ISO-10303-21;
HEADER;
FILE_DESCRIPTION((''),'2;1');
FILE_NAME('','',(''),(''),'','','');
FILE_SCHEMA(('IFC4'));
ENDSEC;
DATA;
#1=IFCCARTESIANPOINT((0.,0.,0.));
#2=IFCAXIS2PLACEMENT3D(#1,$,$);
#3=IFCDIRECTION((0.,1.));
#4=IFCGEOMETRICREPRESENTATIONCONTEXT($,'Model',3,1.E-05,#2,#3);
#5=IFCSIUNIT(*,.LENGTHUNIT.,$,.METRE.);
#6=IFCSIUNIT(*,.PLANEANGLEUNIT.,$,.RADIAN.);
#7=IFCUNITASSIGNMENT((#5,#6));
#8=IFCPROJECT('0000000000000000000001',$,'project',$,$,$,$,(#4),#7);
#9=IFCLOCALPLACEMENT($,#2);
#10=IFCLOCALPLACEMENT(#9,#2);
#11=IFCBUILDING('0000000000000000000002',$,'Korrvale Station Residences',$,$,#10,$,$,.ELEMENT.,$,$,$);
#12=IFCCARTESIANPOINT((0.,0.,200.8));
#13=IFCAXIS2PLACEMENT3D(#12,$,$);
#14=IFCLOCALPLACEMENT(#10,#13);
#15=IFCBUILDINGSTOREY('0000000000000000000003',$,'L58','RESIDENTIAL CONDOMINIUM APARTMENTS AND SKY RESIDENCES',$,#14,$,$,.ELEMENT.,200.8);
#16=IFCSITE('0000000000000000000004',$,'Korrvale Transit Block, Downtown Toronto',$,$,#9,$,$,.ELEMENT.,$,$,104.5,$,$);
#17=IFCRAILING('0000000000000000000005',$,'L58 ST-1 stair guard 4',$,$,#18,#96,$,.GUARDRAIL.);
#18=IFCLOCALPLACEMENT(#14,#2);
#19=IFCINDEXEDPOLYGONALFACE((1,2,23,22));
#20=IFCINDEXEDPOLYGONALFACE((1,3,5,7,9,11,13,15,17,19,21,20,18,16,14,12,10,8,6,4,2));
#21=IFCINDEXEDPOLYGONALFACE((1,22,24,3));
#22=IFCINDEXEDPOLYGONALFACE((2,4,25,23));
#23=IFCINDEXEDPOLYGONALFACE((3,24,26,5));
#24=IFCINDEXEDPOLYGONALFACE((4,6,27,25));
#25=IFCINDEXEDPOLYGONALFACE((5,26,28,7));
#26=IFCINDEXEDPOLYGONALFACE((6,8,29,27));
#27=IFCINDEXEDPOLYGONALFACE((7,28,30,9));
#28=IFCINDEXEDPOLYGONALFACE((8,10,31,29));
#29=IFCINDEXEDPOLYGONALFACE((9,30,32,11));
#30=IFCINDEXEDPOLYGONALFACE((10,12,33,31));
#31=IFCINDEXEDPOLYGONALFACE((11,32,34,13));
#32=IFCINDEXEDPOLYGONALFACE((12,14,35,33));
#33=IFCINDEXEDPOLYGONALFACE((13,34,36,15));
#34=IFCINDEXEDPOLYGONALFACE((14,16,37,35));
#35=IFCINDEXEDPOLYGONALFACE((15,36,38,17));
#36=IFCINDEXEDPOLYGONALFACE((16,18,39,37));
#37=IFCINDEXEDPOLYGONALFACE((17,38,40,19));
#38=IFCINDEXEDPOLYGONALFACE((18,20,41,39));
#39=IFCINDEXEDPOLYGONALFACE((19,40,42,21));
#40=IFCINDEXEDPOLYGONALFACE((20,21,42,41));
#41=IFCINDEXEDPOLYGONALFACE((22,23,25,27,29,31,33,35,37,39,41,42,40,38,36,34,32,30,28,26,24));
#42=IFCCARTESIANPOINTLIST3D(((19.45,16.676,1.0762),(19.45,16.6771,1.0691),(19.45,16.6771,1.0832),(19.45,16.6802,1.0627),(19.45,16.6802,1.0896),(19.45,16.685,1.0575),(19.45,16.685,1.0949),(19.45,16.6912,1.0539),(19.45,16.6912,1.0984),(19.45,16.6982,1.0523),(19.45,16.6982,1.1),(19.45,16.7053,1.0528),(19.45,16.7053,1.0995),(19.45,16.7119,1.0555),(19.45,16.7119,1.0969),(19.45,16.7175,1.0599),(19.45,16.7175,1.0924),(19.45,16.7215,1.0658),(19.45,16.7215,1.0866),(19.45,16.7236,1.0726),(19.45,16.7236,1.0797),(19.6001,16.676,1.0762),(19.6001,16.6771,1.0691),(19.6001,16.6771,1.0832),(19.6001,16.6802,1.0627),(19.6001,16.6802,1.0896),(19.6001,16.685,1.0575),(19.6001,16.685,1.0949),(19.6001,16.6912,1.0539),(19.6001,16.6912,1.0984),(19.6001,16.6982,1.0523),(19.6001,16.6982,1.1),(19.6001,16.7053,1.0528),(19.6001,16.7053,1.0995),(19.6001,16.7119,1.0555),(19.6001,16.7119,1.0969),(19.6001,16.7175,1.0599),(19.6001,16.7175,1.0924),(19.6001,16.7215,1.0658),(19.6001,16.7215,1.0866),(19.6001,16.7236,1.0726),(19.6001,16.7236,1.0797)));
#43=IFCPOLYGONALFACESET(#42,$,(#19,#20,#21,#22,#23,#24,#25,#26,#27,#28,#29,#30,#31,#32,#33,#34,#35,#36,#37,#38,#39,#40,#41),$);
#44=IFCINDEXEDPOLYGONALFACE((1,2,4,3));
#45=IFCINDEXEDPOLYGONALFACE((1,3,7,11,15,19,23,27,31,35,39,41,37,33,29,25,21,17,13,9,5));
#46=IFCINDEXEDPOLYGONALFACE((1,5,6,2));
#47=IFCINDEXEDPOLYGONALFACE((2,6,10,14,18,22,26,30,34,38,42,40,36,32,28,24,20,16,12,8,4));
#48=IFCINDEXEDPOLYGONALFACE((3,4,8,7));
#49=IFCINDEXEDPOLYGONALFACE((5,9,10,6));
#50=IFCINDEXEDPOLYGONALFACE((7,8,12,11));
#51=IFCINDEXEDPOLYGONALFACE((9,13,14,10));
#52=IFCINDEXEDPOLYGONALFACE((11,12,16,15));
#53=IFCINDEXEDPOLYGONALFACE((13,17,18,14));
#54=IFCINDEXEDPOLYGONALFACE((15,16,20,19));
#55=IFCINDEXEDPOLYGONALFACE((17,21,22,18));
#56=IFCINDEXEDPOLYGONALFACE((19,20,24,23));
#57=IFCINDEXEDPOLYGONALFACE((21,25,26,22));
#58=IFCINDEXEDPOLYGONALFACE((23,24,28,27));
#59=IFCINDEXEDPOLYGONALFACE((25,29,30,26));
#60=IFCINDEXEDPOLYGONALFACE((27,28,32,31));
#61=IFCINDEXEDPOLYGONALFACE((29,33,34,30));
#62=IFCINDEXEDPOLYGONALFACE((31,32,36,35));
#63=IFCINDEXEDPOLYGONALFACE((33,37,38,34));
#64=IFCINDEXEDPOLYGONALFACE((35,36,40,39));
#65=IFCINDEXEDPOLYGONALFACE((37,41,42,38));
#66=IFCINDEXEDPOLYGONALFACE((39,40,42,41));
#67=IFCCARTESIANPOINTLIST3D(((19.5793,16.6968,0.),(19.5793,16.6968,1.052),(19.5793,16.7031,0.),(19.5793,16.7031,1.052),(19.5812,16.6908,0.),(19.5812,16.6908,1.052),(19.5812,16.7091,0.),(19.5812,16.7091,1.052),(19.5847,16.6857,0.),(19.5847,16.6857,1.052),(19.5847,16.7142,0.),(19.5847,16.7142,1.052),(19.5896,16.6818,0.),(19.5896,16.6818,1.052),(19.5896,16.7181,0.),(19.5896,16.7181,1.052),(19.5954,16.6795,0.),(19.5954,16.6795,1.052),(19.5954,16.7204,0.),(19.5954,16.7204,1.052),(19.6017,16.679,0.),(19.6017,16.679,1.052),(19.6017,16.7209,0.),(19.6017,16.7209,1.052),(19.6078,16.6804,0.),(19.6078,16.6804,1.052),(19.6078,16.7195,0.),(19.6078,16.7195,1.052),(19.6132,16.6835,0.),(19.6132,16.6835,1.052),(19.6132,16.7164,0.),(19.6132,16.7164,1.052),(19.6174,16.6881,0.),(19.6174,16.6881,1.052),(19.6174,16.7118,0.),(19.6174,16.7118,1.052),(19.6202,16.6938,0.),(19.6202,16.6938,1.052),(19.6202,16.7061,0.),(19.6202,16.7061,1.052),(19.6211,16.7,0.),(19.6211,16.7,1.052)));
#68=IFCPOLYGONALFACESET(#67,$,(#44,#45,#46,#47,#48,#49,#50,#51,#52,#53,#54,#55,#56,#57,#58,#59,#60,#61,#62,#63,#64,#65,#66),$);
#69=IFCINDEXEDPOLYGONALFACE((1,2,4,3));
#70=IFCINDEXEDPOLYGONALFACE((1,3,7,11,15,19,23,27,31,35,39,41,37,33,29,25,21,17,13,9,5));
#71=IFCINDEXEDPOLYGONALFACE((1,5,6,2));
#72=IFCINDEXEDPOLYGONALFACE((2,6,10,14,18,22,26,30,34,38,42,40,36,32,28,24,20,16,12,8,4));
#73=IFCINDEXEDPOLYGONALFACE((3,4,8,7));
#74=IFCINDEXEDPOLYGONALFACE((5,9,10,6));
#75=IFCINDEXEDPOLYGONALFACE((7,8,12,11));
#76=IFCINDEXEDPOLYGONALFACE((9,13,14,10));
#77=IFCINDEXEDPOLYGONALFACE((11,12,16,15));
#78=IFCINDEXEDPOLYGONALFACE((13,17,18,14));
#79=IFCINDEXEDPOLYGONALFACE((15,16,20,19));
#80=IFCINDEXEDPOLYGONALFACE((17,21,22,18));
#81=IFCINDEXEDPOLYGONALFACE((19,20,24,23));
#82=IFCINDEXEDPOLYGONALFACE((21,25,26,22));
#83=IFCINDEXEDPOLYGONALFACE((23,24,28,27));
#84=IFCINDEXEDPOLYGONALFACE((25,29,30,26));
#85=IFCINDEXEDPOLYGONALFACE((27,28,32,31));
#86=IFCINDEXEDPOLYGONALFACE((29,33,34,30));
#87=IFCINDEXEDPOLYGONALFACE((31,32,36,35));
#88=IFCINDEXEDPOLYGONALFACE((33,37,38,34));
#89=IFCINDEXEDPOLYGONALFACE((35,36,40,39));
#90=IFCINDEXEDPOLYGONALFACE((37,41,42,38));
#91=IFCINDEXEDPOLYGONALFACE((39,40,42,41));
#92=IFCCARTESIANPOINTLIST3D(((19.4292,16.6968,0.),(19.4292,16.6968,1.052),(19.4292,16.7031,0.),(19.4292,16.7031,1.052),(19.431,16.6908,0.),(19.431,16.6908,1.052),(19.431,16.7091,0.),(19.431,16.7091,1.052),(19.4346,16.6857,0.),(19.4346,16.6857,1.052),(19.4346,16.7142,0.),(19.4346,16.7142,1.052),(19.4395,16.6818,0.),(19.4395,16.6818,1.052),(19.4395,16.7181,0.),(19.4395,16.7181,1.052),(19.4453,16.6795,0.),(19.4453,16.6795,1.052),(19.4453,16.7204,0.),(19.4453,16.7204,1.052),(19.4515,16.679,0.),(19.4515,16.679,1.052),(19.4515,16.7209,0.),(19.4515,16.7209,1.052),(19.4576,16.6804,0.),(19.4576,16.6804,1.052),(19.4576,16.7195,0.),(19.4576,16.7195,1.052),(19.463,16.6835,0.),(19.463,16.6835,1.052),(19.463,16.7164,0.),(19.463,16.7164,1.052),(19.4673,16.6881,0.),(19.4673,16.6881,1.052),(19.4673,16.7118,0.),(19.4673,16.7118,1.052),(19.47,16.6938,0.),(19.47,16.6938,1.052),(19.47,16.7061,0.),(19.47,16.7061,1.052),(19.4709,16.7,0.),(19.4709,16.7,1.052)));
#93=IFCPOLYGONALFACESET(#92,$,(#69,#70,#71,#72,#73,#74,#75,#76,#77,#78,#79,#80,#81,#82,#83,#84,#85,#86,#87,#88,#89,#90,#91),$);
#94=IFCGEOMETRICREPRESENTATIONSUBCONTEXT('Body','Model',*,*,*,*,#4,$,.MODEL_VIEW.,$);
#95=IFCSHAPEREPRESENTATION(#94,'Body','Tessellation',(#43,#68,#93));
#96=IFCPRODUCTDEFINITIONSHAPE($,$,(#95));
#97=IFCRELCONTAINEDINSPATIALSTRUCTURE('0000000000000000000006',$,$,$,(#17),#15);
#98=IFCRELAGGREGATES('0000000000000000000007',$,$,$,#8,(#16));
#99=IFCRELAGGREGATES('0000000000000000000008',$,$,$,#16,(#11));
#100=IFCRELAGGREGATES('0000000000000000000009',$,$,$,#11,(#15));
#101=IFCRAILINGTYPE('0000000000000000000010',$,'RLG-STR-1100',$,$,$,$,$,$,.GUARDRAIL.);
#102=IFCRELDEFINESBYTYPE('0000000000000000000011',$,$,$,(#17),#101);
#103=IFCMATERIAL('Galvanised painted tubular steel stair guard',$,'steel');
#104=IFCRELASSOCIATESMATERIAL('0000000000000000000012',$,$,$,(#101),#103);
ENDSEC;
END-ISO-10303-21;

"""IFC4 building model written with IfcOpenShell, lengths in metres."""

from ifc_helpers import new_model, si_unit, direction, frame, origin, origin_2d, place, context, subcontext, project, spatial, circle, extrude, material, type_object, element, save


model = new_model("IFC4")

# Units and contexts
model_context = context("Model", 3, precision=1e-05, world=origin(), true_north=direction((0.0, 1.0)))
body_context = subcontext(model_context, "Body", "Model", "MODEL_VIEW")
ifc_project = project(units=[si_unit("LENGTHUNIT", "METRE"), si_unit("PLANEANGLEUNIT", "RADIAN")], contexts=[model_context])

# Site, building, storey
site_placement = place(None, origin())
site = spatial("IfcSite", under=ifc_project, at=site_placement, Name="Korrvale Transit Block, Downtown Toronto", CompositionType="ELEMENT", RefElevation=104.5)
building_placement = place(site_placement, origin())
building = spatial("IfcBuilding", under=site, at=building_placement, Name="Korrvale Station Residences", CompositionType="ELEMENT")
storey_placement = place(building_placement, frame((0.0, 0.0, 200.8)))
storey = spatial("IfcBuildingStorey", under=building, at=storey_placement, Name="L58", Description="RESIDENTIAL CONDOMINIUM APARTMENTS AND SKY RESIDENCES", CompositionType="ELEMENT", Elevation=200.8)

# Railing
ifc_material_1 = material(Name="Galvanised painted tubular steel stair guard", Category="steel")
railing_type_1 = type_object("IfcRailingType", Name="RLG-STR-1100", PredefinedType="GUARDRAIL", material=ifc_material_1)
railing_1_placement = place(storey_placement, frame((19.6001, 16.7, 0.0)))
element("IfcRailing", 1, at=railing_1_placement, inside=storey, type_object=railing_type_1, Name="L58 ST-1 stair guard 4", PredefinedType="GUARDRAIL", context=body_context, shape_type="SweptSolid", body=[
    extrude(circle(Radius=0.0239, at=origin_2d()), frame((0.0, 0.0, 1.0762), z_axis=(-1.0, 0.0, 0.0), x_axis=(0.0, -1.0, 0.0)), (0.0, 0.0, 1.0), 0.1501),
    extrude(circle(Radius=0.021, at=origin_2d()), origin(), (0.0, 0.0, 1.0), 1.052),
    extrude(circle(Radius=0.021, at=origin_2d()), frame((-0.1501, 0.0, 0.0)), (0.0, 0.0, 1.0), 1.052),
])

save(model, "model.ifc")
